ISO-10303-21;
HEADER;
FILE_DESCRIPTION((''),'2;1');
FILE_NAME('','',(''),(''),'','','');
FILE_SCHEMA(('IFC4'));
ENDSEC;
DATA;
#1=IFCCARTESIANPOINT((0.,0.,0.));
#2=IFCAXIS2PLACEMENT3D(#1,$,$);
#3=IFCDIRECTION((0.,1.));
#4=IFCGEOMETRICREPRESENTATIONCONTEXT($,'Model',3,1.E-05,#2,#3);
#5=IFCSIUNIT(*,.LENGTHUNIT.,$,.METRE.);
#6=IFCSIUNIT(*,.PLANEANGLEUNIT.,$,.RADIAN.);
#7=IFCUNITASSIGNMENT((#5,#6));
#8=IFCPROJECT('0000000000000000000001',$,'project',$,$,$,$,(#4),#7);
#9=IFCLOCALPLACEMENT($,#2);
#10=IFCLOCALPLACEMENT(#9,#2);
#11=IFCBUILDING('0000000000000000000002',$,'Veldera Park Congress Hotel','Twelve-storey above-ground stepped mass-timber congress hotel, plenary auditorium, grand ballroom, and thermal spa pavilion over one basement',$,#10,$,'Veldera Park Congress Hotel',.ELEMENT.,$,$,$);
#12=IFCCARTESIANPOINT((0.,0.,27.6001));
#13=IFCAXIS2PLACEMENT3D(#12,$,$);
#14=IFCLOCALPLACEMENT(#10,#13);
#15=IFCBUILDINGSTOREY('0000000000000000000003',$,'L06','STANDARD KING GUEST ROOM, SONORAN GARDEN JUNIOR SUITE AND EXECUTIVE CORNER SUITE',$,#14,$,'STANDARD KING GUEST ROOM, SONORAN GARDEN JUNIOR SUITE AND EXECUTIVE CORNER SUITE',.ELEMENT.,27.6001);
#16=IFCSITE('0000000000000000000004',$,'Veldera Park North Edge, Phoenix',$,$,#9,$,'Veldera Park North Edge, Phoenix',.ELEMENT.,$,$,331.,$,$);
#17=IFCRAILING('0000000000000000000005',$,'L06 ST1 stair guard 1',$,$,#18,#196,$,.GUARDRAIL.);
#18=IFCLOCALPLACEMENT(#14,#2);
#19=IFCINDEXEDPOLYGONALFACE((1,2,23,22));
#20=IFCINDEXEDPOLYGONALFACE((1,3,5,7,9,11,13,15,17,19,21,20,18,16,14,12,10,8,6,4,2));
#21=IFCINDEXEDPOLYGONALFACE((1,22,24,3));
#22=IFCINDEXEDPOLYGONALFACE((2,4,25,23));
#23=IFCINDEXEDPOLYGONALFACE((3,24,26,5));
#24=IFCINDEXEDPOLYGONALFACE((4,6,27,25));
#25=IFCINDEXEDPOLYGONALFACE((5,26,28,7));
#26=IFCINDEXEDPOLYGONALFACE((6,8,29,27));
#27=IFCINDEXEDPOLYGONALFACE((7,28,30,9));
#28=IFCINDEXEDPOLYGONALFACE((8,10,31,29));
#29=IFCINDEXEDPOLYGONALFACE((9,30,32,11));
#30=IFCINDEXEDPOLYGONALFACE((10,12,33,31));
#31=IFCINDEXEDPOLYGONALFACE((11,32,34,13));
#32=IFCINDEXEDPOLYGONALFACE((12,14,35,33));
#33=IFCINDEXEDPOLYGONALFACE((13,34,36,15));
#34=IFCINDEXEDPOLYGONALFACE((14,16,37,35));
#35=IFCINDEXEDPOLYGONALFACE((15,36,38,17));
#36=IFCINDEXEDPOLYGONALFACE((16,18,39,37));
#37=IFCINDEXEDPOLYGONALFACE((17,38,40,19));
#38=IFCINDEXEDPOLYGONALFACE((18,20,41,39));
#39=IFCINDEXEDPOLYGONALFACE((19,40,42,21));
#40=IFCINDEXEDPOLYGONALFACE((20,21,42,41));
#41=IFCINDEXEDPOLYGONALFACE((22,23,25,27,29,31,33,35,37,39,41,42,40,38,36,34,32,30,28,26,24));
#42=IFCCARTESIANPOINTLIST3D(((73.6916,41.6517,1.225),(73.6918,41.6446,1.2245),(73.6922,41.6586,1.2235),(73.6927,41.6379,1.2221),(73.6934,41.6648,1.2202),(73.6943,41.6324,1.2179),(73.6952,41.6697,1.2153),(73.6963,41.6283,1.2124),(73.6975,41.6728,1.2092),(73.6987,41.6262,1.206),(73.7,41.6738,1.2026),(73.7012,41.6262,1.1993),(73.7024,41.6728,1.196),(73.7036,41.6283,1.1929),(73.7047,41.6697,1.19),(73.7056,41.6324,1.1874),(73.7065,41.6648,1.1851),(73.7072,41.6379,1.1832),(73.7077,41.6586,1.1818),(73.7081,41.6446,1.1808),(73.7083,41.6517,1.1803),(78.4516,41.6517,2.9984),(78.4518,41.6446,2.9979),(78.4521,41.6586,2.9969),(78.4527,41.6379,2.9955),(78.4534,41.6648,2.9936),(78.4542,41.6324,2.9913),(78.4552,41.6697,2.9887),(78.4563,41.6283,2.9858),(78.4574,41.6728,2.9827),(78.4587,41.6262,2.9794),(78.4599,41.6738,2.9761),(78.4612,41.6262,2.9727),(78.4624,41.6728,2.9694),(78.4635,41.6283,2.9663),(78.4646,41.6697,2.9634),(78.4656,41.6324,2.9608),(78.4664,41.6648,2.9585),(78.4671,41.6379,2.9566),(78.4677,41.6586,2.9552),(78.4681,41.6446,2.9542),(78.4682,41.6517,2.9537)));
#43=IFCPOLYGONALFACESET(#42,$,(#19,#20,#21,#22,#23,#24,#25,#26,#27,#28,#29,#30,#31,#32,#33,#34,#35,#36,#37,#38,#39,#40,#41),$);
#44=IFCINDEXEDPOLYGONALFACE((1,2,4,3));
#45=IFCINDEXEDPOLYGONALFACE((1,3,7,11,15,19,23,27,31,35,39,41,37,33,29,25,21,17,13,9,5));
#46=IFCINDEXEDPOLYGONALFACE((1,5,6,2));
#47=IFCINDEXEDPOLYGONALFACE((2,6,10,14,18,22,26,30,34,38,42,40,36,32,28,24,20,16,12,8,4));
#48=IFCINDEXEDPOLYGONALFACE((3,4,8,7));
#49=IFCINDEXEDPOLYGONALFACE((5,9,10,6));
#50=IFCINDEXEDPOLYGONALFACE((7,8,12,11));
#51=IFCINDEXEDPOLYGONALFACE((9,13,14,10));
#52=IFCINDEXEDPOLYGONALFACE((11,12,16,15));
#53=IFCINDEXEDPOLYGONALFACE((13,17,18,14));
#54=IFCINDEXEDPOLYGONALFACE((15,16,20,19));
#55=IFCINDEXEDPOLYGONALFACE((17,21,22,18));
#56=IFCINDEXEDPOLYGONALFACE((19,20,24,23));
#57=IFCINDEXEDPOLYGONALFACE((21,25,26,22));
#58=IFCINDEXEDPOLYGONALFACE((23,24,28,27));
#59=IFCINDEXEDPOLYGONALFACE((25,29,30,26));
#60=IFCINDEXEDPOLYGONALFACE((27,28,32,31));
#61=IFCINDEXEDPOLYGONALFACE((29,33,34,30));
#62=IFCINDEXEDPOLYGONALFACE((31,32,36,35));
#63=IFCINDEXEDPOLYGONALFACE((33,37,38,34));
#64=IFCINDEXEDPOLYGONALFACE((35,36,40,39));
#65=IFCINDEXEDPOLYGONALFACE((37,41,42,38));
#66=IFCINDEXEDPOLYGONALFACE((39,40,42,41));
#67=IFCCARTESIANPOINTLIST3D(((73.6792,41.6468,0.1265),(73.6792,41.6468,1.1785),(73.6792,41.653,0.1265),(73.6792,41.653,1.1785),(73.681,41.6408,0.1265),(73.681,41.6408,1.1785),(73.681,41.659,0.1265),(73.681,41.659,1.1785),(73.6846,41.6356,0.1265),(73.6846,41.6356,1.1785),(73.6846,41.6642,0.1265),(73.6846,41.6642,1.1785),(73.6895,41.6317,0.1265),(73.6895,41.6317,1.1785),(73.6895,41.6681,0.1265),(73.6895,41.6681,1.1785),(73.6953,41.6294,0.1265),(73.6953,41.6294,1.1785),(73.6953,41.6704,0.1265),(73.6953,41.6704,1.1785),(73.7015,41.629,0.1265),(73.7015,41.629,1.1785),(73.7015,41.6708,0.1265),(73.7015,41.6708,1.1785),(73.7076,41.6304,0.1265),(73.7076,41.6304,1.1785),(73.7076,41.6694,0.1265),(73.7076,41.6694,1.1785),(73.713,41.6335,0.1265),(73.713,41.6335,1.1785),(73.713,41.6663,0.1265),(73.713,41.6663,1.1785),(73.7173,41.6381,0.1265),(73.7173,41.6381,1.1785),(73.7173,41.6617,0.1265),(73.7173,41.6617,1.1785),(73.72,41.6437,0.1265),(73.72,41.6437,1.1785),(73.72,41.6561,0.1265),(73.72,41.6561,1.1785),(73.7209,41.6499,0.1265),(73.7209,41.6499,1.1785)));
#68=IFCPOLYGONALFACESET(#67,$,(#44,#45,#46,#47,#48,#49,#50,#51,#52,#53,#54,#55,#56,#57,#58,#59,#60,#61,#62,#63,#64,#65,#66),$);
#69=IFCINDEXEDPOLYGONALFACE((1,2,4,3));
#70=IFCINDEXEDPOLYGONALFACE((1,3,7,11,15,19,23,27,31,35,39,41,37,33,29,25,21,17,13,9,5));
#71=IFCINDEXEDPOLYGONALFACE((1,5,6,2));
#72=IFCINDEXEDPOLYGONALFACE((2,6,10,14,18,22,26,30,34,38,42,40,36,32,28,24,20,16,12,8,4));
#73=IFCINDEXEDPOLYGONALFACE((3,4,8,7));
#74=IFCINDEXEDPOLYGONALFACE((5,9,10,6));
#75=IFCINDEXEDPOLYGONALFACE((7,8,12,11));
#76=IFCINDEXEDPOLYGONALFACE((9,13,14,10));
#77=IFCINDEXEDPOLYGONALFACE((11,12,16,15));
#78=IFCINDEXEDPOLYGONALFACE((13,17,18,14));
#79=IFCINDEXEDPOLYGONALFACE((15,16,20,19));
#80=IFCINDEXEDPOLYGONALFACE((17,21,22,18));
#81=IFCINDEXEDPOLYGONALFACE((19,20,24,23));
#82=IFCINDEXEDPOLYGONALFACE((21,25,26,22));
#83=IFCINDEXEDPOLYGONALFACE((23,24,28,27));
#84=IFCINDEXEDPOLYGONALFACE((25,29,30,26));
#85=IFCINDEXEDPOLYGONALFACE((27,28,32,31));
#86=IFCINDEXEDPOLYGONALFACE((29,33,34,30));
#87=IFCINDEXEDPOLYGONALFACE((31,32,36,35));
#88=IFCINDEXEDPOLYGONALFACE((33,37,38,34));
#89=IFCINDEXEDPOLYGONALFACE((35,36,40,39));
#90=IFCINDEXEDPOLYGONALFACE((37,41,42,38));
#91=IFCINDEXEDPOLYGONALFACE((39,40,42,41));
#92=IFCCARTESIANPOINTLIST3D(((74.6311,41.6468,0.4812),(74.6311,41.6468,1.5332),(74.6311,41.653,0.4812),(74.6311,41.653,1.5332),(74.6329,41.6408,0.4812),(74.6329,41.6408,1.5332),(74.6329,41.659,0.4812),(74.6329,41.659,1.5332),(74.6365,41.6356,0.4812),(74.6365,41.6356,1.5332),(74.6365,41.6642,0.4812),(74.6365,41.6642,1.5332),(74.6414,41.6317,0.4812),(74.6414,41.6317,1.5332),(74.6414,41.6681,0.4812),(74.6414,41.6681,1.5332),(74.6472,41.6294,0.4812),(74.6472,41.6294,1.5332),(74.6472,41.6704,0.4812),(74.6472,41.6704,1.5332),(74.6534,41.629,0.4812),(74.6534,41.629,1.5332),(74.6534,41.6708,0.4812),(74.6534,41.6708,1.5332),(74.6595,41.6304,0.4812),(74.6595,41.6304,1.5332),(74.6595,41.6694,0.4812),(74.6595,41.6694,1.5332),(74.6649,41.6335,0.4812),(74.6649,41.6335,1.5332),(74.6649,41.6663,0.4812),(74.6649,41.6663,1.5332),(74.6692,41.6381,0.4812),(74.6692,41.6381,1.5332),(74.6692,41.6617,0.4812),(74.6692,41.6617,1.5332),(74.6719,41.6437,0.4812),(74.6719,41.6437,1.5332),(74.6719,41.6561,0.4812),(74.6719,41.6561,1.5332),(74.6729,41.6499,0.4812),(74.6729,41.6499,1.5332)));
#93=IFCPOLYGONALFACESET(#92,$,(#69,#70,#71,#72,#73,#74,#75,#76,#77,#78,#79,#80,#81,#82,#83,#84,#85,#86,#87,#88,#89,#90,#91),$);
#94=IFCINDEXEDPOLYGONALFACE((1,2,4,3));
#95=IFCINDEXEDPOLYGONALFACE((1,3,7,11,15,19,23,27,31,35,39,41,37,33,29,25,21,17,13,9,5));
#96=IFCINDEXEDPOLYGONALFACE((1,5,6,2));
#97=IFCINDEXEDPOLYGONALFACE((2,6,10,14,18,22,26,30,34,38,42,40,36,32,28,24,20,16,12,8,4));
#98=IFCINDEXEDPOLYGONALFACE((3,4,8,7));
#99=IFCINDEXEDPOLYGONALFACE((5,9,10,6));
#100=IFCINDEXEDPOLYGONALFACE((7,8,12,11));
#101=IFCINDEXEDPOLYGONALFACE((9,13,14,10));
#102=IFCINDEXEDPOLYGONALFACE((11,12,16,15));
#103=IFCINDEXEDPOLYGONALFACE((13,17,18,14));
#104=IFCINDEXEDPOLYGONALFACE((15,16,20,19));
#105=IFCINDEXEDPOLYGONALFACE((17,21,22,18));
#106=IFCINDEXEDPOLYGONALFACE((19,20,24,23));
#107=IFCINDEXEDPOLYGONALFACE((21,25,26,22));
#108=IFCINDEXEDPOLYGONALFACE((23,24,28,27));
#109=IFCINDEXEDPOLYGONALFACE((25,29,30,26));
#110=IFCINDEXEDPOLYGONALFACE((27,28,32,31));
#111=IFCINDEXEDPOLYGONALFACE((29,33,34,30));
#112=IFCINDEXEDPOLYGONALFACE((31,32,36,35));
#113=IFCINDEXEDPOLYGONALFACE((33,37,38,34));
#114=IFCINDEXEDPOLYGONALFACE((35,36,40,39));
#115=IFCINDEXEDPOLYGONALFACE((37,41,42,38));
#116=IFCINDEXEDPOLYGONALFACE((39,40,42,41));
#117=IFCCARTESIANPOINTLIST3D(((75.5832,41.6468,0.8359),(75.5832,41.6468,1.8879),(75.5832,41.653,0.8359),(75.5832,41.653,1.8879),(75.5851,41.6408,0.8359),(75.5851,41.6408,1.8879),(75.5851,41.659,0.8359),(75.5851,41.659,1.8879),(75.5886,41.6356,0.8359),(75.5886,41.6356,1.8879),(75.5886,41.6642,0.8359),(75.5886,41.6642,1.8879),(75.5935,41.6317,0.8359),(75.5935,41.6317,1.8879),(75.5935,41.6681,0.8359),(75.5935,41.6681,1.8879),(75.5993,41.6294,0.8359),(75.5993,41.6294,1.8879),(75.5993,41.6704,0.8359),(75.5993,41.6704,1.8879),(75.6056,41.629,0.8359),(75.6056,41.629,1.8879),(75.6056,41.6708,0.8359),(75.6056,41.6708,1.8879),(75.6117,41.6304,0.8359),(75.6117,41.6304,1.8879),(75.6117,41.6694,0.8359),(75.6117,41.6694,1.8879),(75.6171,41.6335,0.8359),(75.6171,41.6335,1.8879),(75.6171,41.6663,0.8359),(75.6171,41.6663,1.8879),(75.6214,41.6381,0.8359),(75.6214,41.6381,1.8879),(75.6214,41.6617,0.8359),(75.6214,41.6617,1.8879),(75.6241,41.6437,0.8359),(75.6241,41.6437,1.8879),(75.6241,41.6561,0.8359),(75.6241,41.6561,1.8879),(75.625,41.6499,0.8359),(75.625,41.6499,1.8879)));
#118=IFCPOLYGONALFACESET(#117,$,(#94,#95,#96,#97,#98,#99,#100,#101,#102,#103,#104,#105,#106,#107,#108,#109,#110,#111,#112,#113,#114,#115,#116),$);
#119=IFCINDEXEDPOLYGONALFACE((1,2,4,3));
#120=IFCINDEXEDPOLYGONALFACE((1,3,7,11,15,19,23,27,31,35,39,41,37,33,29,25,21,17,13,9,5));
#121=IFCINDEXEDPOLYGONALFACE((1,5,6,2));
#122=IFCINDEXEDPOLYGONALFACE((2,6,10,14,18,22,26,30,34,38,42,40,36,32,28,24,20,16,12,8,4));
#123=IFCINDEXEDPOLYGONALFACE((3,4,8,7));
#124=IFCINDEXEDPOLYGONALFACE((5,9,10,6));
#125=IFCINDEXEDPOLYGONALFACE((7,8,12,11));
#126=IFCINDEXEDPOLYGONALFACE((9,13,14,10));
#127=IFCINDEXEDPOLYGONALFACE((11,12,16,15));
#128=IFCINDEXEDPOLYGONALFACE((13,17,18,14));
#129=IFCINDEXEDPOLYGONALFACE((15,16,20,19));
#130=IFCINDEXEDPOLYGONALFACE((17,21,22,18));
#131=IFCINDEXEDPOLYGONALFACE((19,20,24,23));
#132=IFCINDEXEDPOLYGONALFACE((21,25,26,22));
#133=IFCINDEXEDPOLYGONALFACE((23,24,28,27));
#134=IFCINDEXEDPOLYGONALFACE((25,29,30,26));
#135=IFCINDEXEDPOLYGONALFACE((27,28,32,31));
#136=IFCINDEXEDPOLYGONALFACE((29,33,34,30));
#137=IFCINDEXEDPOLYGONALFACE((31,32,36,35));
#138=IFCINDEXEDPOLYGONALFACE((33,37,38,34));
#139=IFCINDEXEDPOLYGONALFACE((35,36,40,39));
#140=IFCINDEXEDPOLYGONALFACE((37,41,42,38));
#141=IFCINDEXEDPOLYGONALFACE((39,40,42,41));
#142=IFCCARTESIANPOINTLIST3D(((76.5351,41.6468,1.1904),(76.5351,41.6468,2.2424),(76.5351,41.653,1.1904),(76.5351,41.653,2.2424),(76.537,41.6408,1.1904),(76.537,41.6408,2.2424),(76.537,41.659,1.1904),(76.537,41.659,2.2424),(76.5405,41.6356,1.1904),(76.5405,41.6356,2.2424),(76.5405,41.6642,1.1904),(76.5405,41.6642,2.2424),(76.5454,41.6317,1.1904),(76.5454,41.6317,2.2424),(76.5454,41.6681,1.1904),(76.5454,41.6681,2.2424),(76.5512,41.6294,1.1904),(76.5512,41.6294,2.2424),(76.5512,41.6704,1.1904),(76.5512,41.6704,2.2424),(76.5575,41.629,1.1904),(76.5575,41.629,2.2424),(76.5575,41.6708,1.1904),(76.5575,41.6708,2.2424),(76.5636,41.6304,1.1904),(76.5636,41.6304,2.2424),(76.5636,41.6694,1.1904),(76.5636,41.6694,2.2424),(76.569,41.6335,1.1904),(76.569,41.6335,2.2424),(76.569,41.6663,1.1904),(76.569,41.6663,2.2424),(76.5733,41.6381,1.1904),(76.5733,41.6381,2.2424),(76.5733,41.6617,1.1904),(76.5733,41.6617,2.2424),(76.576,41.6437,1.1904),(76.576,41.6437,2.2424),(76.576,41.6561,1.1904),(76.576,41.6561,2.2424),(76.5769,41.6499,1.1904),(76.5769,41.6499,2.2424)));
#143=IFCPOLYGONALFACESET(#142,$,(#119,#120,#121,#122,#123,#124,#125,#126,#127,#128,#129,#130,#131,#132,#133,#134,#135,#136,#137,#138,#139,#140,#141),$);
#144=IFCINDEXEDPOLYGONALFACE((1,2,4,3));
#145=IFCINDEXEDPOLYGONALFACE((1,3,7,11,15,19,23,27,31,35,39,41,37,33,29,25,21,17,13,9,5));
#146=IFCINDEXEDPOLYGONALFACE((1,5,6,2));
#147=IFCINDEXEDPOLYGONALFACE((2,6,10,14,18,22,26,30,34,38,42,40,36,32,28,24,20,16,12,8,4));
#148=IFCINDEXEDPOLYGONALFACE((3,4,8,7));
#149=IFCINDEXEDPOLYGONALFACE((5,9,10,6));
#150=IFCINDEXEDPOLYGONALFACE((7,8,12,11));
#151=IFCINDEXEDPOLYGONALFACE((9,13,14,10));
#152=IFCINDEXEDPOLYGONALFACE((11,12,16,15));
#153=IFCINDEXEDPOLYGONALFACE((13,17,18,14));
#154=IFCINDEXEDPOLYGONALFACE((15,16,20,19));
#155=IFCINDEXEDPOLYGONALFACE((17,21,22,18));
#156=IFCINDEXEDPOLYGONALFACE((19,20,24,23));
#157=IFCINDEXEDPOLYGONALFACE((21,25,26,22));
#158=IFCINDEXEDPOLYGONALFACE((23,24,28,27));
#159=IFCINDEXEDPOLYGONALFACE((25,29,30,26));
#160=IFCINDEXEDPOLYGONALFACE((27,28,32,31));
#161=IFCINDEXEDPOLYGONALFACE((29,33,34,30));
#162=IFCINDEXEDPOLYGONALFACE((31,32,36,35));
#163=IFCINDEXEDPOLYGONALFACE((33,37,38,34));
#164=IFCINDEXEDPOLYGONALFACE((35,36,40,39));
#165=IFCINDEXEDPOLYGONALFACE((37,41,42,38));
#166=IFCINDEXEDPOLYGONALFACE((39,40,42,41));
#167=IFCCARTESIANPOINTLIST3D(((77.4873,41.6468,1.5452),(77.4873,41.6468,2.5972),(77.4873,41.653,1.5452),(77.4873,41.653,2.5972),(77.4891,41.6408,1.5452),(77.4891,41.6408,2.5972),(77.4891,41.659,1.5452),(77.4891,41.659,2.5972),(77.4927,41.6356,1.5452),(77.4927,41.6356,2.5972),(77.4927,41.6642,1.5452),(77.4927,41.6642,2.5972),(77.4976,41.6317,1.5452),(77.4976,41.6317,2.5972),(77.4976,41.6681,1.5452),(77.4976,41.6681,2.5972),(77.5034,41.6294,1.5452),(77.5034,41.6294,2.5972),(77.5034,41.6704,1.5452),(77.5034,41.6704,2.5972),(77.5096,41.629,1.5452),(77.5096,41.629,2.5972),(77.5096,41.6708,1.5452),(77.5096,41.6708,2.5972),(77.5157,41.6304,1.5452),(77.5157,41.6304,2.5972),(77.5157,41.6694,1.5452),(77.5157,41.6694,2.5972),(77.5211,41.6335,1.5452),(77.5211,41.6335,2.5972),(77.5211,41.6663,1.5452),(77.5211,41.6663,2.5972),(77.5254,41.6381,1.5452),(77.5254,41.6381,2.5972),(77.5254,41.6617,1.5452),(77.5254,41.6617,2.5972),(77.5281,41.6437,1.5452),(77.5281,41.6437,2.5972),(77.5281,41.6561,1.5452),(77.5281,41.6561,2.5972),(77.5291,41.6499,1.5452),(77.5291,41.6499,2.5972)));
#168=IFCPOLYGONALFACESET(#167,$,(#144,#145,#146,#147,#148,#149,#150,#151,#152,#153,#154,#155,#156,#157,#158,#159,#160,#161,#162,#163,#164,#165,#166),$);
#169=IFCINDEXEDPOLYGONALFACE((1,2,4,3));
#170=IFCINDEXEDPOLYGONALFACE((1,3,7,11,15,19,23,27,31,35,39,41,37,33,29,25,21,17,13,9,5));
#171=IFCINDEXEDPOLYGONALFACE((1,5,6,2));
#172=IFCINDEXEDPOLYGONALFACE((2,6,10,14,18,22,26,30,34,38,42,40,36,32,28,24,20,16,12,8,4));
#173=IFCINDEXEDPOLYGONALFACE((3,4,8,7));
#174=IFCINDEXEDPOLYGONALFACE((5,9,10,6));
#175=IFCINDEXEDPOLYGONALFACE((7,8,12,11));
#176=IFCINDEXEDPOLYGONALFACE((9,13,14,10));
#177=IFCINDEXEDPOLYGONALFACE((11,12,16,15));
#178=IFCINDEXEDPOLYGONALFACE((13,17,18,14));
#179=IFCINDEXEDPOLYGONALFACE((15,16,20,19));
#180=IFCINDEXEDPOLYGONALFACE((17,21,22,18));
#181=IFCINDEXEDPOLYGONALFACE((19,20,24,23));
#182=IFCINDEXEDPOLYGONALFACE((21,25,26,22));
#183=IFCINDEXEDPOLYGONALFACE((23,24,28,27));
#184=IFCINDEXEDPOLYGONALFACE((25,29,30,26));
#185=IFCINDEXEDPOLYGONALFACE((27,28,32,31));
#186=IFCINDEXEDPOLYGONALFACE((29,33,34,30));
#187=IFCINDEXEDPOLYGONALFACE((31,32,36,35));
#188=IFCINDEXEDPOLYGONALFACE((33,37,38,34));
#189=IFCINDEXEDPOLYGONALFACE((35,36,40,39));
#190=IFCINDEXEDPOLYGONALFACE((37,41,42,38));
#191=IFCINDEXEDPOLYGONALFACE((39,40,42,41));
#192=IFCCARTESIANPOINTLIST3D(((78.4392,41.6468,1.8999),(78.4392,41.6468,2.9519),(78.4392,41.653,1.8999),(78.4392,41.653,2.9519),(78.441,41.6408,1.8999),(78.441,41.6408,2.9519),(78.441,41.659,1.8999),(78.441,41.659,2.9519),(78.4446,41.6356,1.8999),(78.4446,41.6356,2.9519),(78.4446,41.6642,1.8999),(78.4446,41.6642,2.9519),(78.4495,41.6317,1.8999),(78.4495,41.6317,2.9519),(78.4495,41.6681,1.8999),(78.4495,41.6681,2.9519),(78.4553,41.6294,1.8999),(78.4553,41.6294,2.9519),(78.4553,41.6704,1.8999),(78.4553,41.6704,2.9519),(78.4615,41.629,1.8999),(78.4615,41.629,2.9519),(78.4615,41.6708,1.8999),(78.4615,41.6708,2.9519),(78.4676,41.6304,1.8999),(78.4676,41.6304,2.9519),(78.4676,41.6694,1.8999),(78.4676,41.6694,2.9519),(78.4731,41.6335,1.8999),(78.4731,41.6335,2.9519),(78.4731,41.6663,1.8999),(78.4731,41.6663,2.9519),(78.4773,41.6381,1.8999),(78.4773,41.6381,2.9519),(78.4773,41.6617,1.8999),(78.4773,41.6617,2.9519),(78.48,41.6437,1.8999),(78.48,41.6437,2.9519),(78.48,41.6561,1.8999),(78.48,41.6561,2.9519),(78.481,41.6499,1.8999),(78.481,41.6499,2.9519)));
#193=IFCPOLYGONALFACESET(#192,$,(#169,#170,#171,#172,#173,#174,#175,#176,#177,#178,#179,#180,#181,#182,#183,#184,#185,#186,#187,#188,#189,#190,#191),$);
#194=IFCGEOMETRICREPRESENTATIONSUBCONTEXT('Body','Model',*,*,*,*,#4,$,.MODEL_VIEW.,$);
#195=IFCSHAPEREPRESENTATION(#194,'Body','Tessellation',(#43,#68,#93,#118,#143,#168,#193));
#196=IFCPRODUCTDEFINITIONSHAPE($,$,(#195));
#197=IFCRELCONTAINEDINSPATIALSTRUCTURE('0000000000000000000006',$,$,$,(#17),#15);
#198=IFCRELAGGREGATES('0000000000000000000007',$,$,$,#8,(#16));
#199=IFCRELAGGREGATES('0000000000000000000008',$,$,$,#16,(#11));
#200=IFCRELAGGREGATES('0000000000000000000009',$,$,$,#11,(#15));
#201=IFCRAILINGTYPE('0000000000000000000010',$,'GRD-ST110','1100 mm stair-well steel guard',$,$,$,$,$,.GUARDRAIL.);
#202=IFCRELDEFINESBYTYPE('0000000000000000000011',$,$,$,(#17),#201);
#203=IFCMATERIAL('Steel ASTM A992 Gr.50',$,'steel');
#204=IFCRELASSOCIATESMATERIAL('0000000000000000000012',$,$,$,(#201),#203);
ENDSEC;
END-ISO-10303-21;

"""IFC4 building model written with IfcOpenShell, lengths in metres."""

from ifc_helpers import new_model, si_unit, direction, frame, origin, origin_2d, place, context, subcontext, project, spatial, circle, extrude, material, type_object, element, save


model = new_model("IFC4")

# Units and contexts
model_context = context("Model", 3, precision=1e-05, world=origin(), true_north=direction((0.0, 1.0)))
body_context = subcontext(model_context, "Body", "Model", "MODEL_VIEW")
ifc_project = project(units=[si_unit("LENGTHUNIT", "METRE"), si_unit("PLANEANGLEUNIT", "RADIAN")], contexts=[model_context])

# Site, building, storey
site_placement = place(None, origin())
site = spatial("IfcSite", under=ifc_project, at=site_placement, Name="Veldera Park North Edge, Phoenix", LongName="Veldera Park North Edge, Phoenix", CompositionType="ELEMENT", RefElevation=331.0)
building_placement = place(site_placement, origin())
building = spatial("IfcBuilding", under=site, at=building_placement, Name="Veldera Park Congress Hotel", Description="Twelve-storey above-ground stepped mass-timber congress hotel, plenary auditorium, grand ballroom, and thermal spa pavilion over one basement", LongName="Veldera Park Congress Hotel", CompositionType="ELEMENT")
storey_placement = place(building_placement, frame((0.0, 0.0, 27.6001)))
storey = spatial("IfcBuildingStorey", under=building, at=storey_placement, Name="L06", Description="STANDARD KING GUEST ROOM, SONORAN GARDEN JUNIOR SUITE AND EXECUTIVE CORNER SUITE", LongName="STANDARD KING GUEST ROOM, SONORAN GARDEN JUNIOR SUITE AND EXECUTIVE CORNER SUITE", CompositionType="ELEMENT", Elevation=27.6001)

# Railing
ifc_material_1 = material(Name="Steel ASTM A992 Gr.50", Category="steel")
railing_type_1 = type_object("IfcRailingType", Name="GRD-ST110", Description="1100 mm stair-well steel guard", PredefinedType="GUARDRAIL", material=ifc_material_1)
railing_1_placement = place(storey_placement, frame((73.7, 41.6499, 0.1265)))
element("IfcRailing", 1, at=railing_1_placement, inside=storey, type_object=railing_type_1, Name="L06 ST1 stair guard 1", PredefinedType="GUARDRAIL", context=body_context, shape_type="SweptSolid", body=[
    extrude(circle(Radius=0.0239, at=origin_2d()), frame((0.0, 0.0, 1.0762), z_axis=(0.937076, 0.0, 0.349126), x_axis=(0.0, 1.0, 0.0)), (0.0, 0.0, 1.0), 5.0796),
    extrude(circle(Radius=0.021, at=origin_2d()), origin(), (0.0, 0.0, 1.0), 1.052),
    extrude(circle(Radius=0.021, at=origin_2d()), frame((0.9519, 0.0, 0.3547)), (0.0, 0.0, 1.0), 1.052),
    extrude(circle(Radius=0.021, at=origin_2d()), frame((1.9041, 0.0, 0.7095)), (0.0, 0.0, 1.0), 1.052),
    extrude(circle(Radius=0.021, at=origin_2d()), frame((2.856, 0.0, 1.064)), (0.0, 0.0, 1.0), 1.052),
    extrude(circle(Radius=0.021, at=origin_2d()), frame((3.8081, 0.0, 1.4187)), (0.0, 0.0, 1.0), 1.052),
    extrude(circle(Radius=0.021, at=origin_2d()), frame((4.76, 0.0, 1.7734)), (0.0, 0.0, 1.0), 1.052),
])

save(model, "model.ifc")
